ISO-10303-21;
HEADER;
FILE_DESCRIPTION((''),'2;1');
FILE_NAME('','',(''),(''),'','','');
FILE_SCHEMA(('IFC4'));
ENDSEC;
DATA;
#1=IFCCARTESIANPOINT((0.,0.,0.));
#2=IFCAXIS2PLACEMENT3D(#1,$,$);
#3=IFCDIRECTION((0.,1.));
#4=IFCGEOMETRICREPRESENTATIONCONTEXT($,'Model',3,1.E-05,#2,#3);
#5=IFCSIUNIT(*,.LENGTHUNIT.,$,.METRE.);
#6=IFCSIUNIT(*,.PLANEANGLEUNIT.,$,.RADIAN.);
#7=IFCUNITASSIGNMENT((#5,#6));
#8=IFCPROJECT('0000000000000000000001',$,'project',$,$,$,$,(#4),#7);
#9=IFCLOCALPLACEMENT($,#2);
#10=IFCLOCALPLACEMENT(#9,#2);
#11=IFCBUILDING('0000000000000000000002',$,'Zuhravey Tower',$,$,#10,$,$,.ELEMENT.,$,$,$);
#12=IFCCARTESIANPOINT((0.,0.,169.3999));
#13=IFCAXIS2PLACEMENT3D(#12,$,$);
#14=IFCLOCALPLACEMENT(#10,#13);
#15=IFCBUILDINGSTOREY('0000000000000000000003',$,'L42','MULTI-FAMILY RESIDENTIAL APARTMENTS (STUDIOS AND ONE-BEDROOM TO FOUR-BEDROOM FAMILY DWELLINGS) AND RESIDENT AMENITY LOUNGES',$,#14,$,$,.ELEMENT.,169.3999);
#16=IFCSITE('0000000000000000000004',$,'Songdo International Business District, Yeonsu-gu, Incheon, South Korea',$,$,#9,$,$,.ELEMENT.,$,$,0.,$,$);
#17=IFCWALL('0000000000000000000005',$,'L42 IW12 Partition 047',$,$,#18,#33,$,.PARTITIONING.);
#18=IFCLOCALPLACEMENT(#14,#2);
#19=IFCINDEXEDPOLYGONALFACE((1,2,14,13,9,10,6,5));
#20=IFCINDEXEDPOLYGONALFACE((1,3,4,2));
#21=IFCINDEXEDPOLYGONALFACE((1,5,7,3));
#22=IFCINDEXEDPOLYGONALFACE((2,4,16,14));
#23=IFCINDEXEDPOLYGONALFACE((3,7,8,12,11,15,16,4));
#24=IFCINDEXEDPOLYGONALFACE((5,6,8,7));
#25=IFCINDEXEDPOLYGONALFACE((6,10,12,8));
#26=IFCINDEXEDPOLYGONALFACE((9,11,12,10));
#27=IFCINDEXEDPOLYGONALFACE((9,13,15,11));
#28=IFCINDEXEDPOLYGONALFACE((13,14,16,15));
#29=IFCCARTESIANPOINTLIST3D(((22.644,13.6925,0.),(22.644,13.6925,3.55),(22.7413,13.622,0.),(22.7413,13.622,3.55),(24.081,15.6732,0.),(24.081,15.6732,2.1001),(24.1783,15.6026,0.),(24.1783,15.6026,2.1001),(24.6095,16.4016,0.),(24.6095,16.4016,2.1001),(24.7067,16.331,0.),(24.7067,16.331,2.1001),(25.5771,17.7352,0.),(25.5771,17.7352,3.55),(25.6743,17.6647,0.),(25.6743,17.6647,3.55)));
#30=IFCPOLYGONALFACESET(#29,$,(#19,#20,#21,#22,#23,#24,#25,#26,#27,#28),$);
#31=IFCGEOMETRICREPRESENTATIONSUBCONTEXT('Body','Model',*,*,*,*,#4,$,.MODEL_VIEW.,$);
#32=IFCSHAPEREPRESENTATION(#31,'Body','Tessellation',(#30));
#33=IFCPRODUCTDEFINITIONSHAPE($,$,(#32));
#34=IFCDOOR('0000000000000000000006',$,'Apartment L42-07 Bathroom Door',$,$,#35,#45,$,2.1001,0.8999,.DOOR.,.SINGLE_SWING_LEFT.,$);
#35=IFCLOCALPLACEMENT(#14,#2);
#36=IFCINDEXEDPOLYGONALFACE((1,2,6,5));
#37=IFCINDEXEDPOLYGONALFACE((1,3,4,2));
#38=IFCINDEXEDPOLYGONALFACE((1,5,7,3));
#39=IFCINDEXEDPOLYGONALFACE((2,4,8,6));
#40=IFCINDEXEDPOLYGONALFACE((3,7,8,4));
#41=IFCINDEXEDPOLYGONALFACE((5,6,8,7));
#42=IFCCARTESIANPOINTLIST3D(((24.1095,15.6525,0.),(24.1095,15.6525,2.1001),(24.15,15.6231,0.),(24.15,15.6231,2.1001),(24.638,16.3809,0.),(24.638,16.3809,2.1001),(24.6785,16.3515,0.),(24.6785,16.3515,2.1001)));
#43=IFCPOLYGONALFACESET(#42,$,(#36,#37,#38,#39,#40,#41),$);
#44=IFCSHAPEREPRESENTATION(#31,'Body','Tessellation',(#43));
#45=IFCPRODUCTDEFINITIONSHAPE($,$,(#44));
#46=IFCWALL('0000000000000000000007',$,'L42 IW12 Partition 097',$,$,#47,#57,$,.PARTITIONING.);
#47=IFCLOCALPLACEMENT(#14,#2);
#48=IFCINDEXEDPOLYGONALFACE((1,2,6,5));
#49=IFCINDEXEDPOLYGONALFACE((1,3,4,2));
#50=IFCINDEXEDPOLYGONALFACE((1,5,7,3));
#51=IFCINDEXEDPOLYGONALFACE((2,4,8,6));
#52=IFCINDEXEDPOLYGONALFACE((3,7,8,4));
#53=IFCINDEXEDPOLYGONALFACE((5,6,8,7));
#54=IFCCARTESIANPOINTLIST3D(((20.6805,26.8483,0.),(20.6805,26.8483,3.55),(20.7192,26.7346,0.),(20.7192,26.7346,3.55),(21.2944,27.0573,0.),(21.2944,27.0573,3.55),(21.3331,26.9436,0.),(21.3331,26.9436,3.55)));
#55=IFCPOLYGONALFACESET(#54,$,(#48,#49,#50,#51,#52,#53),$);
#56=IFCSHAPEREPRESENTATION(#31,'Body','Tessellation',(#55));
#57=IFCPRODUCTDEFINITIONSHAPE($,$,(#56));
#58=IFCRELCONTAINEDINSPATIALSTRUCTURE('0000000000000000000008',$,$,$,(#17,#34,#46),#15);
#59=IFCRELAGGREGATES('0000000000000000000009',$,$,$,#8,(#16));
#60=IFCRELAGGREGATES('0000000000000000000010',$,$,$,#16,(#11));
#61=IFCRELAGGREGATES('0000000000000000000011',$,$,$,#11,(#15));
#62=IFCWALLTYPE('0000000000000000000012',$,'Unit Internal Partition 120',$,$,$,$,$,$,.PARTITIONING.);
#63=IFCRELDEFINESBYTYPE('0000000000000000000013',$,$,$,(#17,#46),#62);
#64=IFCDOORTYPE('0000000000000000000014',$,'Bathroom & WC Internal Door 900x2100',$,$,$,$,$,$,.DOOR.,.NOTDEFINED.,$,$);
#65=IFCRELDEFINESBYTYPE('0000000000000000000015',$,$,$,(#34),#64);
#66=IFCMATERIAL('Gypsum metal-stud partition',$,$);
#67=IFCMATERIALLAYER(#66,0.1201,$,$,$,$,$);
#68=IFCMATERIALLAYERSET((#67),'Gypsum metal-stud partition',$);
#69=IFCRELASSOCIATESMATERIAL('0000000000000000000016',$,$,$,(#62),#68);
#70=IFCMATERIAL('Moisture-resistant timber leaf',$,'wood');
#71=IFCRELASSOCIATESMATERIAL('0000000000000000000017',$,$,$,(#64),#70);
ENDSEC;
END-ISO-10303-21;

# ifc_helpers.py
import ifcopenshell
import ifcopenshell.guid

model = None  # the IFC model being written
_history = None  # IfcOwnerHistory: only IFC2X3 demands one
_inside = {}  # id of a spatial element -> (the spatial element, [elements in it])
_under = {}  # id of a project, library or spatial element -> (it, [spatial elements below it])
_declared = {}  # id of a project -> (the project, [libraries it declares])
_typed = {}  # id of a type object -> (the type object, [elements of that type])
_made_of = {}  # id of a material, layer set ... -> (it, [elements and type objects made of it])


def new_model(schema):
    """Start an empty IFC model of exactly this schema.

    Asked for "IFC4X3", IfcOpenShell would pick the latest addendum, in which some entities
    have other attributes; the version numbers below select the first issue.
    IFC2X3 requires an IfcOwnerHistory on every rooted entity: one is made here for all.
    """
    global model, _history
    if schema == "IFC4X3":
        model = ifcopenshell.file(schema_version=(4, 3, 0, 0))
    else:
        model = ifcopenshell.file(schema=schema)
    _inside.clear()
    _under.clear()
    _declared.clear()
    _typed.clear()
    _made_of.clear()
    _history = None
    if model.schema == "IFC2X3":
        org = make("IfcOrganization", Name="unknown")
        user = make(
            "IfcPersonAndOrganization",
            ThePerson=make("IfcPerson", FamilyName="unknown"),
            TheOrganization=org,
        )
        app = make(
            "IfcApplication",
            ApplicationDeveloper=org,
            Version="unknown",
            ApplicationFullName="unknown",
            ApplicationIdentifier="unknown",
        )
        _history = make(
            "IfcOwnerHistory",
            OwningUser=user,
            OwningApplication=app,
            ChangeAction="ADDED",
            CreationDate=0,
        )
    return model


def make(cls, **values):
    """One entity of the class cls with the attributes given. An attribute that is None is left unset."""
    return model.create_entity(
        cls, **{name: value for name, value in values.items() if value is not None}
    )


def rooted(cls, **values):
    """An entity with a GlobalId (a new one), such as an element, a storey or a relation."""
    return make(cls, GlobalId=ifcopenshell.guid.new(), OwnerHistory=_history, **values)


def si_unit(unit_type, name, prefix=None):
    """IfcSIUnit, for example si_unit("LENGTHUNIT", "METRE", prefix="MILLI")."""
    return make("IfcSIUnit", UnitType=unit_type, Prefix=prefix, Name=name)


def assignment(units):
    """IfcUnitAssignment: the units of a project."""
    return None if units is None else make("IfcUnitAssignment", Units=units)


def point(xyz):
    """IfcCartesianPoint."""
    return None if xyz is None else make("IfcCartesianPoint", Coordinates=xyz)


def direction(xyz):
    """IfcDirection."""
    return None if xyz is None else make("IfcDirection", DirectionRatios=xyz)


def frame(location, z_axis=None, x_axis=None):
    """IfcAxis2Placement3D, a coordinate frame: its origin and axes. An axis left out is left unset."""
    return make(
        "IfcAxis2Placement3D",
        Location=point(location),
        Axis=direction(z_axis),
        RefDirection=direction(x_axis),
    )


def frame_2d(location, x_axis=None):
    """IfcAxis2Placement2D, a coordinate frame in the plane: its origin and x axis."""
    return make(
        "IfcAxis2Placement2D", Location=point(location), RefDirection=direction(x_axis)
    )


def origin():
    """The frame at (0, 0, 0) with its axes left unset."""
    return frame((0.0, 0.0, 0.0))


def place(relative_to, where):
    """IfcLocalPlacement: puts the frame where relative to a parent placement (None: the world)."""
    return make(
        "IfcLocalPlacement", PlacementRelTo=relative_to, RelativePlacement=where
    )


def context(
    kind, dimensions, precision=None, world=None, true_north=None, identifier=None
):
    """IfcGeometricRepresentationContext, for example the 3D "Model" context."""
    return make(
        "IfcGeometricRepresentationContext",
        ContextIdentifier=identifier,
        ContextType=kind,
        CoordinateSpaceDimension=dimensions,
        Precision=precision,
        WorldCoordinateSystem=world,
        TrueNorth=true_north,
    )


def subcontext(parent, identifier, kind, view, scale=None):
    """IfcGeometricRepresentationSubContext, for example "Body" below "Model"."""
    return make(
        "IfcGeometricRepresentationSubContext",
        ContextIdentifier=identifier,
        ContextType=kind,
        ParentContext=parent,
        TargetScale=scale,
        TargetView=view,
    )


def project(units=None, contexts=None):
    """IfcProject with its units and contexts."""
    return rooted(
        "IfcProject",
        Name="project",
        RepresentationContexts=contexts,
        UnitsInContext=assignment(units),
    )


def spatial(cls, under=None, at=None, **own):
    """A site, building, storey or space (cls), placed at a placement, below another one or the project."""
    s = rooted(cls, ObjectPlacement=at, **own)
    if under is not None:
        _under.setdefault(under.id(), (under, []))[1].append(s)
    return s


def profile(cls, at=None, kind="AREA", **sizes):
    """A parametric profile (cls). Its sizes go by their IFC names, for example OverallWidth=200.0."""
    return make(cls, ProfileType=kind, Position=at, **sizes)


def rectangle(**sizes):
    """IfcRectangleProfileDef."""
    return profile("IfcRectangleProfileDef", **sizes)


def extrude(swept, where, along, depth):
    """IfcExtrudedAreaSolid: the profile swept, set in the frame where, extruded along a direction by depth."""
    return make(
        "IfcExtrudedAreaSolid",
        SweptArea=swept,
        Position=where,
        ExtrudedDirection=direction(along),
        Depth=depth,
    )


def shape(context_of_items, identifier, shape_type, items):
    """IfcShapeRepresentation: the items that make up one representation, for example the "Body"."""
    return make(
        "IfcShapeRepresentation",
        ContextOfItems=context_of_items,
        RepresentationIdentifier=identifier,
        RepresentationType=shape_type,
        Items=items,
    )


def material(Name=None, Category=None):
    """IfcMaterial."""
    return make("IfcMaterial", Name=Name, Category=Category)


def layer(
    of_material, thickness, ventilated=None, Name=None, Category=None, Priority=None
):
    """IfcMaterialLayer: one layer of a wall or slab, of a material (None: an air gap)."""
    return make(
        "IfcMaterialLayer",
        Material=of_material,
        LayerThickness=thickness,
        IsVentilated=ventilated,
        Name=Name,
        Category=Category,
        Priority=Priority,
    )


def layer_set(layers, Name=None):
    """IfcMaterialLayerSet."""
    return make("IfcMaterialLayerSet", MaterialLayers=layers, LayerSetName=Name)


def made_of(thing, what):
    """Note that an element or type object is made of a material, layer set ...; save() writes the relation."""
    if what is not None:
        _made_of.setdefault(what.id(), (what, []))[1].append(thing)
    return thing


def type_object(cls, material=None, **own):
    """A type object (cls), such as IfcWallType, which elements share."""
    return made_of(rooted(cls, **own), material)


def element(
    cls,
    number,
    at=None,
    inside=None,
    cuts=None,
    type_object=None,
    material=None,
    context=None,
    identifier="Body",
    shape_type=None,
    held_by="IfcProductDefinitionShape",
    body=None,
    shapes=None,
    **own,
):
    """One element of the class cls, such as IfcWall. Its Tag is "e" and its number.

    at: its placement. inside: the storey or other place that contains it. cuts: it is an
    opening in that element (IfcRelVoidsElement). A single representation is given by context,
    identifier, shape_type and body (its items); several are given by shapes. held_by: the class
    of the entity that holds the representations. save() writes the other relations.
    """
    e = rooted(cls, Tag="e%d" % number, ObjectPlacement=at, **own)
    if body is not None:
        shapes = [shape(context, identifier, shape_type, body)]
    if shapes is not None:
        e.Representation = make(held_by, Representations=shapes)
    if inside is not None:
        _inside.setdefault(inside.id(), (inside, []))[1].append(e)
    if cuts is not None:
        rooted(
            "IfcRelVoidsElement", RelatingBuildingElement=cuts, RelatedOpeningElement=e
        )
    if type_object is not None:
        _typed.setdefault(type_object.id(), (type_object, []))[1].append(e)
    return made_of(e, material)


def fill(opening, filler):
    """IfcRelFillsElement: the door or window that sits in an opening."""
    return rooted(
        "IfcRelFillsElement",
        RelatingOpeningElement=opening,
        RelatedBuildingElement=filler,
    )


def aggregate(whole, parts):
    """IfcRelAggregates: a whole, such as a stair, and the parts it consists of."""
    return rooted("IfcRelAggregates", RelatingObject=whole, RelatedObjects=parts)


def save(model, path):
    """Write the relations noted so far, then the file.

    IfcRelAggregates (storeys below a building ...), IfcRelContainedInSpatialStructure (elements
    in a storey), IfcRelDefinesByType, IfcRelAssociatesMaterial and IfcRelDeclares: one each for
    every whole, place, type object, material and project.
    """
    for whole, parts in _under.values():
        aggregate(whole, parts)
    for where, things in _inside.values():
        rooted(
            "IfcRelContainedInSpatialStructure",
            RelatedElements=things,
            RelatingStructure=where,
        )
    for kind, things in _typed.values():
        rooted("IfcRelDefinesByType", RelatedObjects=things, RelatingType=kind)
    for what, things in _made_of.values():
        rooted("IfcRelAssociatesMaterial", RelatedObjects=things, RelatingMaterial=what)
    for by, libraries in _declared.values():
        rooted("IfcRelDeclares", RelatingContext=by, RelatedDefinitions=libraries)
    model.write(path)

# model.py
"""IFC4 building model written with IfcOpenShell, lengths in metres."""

from ifc_helpers import new_model, si_unit, direction, frame, frame_2d, origin, place, context, subcontext, project, spatial, rectangle, extrude, material, layer, layer_set, type_object, element, fill, save


model = new_model("IFC4")

# Units and contexts
model_context = context("Model", 3, precision=1e-05, world=origin(), true_north=direction((0.0, 1.0)))
body_context = subcontext(model_context, "Body", "Model", "MODEL_VIEW")
ifc_project = project(units=[si_unit("LENGTHUNIT", "METRE"), si_unit("PLANEANGLEUNIT", "RADIAN")], contexts=[model_context])

# Site, building, storey
site_placement = place(None, origin())
site = spatial("IfcSite", under=ifc_project, at=site_placement, Name="Songdo International Business District, Yeonsu-gu, Incheon, South Korea", CompositionType="ELEMENT", RefElevation=0.0)
building_placement = place(site_placement, origin())
building = spatial("IfcBuilding", under=site, at=building_placement, Name="Zuhravey Tower", CompositionType="ELEMENT")
storey_placement = place(building_placement, frame((0.0, 0.0, 169.3999)))
storey = spatial("IfcBuildingStorey", under=building, at=storey_placement, Name="L42", Description="MULTI-FAMILY RESIDENTIAL APARTMENTS (STUDIOS AND ONE-BEDROOM TO FOUR-BEDROOM FAMILY DWELLINGS) AND RESIDENT AMENITY LOUNGES", CompositionType="ELEMENT", Elevation=169.3999)

# Wall, opening, door
ifc_material_1 = material(Name="Gypsum metal-stud partition")
ifc_layer_1 = layer(ifc_material_1, 0.1201)
ifc_layer_set_1 = layer_set([ifc_layer_1], Name="Gypsum metal-stud partition")
wall_type_1 = type_object("IfcWallType", Name="Unit Internal Partition 120", PredefinedType="PARTITIONING", material=ifc_layer_set_1)
ifc_material_2 = material(Name="Moisture-resistant timber leaf", Category="wood")
door_type_1 = type_object("IfcDoorType", Name="Bathroom & WC Internal Door 900x2100", OperationType="NOTDEFINED", PredefinedType="DOOR", material=ifc_material_2)
wall_1_placement = place(storey_placement, frame((25.6257, 17.7, 0.0), z_axis=(0.0, 0.0, 1.0), x_axis=(-0.587247, -0.809408, 0.0)))
wall_1 = element("IfcWall", 1, at=wall_1_placement, inside=storey, type_object=wall_type_1, Name="L42 IW12 Partition 047", PredefinedType="PARTITIONING", context=body_context, shape_type="SweptSolid", body=[
    extrude(rectangle(XDim=4.9946, YDim=0.1201, at=frame_2d((2.4973, 0.0))), origin(), (0.0, 0.0, 1.0), 3.55),
])
opening_1_placement = place(wall_1_placement, frame((1.6477, 0.0, 0.0)))
opening_1 = element("IfcOpeningElement", 2, at=opening_1_placement, cuts=wall_1, PredefinedType="OPENING", context=body_context, shape_type="SweptSolid", body=[
    extrude(rectangle(XDim=0.8999, YDim=2.1001, at=frame_2d((0.45, 1.05))), frame((0.0, 0.072, 0.0), z_axis=(0.0, -1.0, 0.0), x_axis=(1.0, 0.0, 0.0)), (0.0, 0.0, 1.0), 0.144),
])
door_1_placement = place(opening_1_placement, frame((0.8999, 0.0, 0.0), z_axis=(0.0, 0.0, 1.0), x_axis=(-1.0, 0.0, 0.0)))
door_1 = element("IfcDoor", 3, at=door_1_placement, inside=storey, type_object=door_type_1, Name="Apartment L42-07 Bathroom Door", OperationType="SINGLE_SWING_LEFT", OverallHeight=2.1001, OverallWidth=0.8999, PredefinedType="DOOR", context=body_context, shape_type="SweptSolid", body=[
    extrude(rectangle(XDim=0.8999, YDim=2.1001, at=frame_2d((0.45, 1.05))), frame((0.0, 0.0249, 0.0), z_axis=(0.0, -1.0, 0.0), x_axis=(1.0, 0.0, 0.0)), (0.0, 0.0, 1.0), 0.05),
])
fill(opening_1, door_1)

# Wall
wall_2_placement = place(storey_placement, frame((21.3137, 27.0005, 0.0), z_axis=(0.0, 0.0, 1.0), x_axis=(-0.94663, -0.322321, 0.0)))
element("IfcWall", 4, at=wall_2_placement, inside=storey, type_object=wall_type_1, Name="L42 IW12 Partition 097", PredefinedType="PARTITIONING", context=body_context, shape_type="SweptSolid", body=[
    extrude(rectangle(XDim=0.6484, YDim=0.1201, at=frame_2d((0.3242, 0.0))), origin(), (0.0, 0.0, 1.0), 3.55),
])

save(model, "model.ifc")
